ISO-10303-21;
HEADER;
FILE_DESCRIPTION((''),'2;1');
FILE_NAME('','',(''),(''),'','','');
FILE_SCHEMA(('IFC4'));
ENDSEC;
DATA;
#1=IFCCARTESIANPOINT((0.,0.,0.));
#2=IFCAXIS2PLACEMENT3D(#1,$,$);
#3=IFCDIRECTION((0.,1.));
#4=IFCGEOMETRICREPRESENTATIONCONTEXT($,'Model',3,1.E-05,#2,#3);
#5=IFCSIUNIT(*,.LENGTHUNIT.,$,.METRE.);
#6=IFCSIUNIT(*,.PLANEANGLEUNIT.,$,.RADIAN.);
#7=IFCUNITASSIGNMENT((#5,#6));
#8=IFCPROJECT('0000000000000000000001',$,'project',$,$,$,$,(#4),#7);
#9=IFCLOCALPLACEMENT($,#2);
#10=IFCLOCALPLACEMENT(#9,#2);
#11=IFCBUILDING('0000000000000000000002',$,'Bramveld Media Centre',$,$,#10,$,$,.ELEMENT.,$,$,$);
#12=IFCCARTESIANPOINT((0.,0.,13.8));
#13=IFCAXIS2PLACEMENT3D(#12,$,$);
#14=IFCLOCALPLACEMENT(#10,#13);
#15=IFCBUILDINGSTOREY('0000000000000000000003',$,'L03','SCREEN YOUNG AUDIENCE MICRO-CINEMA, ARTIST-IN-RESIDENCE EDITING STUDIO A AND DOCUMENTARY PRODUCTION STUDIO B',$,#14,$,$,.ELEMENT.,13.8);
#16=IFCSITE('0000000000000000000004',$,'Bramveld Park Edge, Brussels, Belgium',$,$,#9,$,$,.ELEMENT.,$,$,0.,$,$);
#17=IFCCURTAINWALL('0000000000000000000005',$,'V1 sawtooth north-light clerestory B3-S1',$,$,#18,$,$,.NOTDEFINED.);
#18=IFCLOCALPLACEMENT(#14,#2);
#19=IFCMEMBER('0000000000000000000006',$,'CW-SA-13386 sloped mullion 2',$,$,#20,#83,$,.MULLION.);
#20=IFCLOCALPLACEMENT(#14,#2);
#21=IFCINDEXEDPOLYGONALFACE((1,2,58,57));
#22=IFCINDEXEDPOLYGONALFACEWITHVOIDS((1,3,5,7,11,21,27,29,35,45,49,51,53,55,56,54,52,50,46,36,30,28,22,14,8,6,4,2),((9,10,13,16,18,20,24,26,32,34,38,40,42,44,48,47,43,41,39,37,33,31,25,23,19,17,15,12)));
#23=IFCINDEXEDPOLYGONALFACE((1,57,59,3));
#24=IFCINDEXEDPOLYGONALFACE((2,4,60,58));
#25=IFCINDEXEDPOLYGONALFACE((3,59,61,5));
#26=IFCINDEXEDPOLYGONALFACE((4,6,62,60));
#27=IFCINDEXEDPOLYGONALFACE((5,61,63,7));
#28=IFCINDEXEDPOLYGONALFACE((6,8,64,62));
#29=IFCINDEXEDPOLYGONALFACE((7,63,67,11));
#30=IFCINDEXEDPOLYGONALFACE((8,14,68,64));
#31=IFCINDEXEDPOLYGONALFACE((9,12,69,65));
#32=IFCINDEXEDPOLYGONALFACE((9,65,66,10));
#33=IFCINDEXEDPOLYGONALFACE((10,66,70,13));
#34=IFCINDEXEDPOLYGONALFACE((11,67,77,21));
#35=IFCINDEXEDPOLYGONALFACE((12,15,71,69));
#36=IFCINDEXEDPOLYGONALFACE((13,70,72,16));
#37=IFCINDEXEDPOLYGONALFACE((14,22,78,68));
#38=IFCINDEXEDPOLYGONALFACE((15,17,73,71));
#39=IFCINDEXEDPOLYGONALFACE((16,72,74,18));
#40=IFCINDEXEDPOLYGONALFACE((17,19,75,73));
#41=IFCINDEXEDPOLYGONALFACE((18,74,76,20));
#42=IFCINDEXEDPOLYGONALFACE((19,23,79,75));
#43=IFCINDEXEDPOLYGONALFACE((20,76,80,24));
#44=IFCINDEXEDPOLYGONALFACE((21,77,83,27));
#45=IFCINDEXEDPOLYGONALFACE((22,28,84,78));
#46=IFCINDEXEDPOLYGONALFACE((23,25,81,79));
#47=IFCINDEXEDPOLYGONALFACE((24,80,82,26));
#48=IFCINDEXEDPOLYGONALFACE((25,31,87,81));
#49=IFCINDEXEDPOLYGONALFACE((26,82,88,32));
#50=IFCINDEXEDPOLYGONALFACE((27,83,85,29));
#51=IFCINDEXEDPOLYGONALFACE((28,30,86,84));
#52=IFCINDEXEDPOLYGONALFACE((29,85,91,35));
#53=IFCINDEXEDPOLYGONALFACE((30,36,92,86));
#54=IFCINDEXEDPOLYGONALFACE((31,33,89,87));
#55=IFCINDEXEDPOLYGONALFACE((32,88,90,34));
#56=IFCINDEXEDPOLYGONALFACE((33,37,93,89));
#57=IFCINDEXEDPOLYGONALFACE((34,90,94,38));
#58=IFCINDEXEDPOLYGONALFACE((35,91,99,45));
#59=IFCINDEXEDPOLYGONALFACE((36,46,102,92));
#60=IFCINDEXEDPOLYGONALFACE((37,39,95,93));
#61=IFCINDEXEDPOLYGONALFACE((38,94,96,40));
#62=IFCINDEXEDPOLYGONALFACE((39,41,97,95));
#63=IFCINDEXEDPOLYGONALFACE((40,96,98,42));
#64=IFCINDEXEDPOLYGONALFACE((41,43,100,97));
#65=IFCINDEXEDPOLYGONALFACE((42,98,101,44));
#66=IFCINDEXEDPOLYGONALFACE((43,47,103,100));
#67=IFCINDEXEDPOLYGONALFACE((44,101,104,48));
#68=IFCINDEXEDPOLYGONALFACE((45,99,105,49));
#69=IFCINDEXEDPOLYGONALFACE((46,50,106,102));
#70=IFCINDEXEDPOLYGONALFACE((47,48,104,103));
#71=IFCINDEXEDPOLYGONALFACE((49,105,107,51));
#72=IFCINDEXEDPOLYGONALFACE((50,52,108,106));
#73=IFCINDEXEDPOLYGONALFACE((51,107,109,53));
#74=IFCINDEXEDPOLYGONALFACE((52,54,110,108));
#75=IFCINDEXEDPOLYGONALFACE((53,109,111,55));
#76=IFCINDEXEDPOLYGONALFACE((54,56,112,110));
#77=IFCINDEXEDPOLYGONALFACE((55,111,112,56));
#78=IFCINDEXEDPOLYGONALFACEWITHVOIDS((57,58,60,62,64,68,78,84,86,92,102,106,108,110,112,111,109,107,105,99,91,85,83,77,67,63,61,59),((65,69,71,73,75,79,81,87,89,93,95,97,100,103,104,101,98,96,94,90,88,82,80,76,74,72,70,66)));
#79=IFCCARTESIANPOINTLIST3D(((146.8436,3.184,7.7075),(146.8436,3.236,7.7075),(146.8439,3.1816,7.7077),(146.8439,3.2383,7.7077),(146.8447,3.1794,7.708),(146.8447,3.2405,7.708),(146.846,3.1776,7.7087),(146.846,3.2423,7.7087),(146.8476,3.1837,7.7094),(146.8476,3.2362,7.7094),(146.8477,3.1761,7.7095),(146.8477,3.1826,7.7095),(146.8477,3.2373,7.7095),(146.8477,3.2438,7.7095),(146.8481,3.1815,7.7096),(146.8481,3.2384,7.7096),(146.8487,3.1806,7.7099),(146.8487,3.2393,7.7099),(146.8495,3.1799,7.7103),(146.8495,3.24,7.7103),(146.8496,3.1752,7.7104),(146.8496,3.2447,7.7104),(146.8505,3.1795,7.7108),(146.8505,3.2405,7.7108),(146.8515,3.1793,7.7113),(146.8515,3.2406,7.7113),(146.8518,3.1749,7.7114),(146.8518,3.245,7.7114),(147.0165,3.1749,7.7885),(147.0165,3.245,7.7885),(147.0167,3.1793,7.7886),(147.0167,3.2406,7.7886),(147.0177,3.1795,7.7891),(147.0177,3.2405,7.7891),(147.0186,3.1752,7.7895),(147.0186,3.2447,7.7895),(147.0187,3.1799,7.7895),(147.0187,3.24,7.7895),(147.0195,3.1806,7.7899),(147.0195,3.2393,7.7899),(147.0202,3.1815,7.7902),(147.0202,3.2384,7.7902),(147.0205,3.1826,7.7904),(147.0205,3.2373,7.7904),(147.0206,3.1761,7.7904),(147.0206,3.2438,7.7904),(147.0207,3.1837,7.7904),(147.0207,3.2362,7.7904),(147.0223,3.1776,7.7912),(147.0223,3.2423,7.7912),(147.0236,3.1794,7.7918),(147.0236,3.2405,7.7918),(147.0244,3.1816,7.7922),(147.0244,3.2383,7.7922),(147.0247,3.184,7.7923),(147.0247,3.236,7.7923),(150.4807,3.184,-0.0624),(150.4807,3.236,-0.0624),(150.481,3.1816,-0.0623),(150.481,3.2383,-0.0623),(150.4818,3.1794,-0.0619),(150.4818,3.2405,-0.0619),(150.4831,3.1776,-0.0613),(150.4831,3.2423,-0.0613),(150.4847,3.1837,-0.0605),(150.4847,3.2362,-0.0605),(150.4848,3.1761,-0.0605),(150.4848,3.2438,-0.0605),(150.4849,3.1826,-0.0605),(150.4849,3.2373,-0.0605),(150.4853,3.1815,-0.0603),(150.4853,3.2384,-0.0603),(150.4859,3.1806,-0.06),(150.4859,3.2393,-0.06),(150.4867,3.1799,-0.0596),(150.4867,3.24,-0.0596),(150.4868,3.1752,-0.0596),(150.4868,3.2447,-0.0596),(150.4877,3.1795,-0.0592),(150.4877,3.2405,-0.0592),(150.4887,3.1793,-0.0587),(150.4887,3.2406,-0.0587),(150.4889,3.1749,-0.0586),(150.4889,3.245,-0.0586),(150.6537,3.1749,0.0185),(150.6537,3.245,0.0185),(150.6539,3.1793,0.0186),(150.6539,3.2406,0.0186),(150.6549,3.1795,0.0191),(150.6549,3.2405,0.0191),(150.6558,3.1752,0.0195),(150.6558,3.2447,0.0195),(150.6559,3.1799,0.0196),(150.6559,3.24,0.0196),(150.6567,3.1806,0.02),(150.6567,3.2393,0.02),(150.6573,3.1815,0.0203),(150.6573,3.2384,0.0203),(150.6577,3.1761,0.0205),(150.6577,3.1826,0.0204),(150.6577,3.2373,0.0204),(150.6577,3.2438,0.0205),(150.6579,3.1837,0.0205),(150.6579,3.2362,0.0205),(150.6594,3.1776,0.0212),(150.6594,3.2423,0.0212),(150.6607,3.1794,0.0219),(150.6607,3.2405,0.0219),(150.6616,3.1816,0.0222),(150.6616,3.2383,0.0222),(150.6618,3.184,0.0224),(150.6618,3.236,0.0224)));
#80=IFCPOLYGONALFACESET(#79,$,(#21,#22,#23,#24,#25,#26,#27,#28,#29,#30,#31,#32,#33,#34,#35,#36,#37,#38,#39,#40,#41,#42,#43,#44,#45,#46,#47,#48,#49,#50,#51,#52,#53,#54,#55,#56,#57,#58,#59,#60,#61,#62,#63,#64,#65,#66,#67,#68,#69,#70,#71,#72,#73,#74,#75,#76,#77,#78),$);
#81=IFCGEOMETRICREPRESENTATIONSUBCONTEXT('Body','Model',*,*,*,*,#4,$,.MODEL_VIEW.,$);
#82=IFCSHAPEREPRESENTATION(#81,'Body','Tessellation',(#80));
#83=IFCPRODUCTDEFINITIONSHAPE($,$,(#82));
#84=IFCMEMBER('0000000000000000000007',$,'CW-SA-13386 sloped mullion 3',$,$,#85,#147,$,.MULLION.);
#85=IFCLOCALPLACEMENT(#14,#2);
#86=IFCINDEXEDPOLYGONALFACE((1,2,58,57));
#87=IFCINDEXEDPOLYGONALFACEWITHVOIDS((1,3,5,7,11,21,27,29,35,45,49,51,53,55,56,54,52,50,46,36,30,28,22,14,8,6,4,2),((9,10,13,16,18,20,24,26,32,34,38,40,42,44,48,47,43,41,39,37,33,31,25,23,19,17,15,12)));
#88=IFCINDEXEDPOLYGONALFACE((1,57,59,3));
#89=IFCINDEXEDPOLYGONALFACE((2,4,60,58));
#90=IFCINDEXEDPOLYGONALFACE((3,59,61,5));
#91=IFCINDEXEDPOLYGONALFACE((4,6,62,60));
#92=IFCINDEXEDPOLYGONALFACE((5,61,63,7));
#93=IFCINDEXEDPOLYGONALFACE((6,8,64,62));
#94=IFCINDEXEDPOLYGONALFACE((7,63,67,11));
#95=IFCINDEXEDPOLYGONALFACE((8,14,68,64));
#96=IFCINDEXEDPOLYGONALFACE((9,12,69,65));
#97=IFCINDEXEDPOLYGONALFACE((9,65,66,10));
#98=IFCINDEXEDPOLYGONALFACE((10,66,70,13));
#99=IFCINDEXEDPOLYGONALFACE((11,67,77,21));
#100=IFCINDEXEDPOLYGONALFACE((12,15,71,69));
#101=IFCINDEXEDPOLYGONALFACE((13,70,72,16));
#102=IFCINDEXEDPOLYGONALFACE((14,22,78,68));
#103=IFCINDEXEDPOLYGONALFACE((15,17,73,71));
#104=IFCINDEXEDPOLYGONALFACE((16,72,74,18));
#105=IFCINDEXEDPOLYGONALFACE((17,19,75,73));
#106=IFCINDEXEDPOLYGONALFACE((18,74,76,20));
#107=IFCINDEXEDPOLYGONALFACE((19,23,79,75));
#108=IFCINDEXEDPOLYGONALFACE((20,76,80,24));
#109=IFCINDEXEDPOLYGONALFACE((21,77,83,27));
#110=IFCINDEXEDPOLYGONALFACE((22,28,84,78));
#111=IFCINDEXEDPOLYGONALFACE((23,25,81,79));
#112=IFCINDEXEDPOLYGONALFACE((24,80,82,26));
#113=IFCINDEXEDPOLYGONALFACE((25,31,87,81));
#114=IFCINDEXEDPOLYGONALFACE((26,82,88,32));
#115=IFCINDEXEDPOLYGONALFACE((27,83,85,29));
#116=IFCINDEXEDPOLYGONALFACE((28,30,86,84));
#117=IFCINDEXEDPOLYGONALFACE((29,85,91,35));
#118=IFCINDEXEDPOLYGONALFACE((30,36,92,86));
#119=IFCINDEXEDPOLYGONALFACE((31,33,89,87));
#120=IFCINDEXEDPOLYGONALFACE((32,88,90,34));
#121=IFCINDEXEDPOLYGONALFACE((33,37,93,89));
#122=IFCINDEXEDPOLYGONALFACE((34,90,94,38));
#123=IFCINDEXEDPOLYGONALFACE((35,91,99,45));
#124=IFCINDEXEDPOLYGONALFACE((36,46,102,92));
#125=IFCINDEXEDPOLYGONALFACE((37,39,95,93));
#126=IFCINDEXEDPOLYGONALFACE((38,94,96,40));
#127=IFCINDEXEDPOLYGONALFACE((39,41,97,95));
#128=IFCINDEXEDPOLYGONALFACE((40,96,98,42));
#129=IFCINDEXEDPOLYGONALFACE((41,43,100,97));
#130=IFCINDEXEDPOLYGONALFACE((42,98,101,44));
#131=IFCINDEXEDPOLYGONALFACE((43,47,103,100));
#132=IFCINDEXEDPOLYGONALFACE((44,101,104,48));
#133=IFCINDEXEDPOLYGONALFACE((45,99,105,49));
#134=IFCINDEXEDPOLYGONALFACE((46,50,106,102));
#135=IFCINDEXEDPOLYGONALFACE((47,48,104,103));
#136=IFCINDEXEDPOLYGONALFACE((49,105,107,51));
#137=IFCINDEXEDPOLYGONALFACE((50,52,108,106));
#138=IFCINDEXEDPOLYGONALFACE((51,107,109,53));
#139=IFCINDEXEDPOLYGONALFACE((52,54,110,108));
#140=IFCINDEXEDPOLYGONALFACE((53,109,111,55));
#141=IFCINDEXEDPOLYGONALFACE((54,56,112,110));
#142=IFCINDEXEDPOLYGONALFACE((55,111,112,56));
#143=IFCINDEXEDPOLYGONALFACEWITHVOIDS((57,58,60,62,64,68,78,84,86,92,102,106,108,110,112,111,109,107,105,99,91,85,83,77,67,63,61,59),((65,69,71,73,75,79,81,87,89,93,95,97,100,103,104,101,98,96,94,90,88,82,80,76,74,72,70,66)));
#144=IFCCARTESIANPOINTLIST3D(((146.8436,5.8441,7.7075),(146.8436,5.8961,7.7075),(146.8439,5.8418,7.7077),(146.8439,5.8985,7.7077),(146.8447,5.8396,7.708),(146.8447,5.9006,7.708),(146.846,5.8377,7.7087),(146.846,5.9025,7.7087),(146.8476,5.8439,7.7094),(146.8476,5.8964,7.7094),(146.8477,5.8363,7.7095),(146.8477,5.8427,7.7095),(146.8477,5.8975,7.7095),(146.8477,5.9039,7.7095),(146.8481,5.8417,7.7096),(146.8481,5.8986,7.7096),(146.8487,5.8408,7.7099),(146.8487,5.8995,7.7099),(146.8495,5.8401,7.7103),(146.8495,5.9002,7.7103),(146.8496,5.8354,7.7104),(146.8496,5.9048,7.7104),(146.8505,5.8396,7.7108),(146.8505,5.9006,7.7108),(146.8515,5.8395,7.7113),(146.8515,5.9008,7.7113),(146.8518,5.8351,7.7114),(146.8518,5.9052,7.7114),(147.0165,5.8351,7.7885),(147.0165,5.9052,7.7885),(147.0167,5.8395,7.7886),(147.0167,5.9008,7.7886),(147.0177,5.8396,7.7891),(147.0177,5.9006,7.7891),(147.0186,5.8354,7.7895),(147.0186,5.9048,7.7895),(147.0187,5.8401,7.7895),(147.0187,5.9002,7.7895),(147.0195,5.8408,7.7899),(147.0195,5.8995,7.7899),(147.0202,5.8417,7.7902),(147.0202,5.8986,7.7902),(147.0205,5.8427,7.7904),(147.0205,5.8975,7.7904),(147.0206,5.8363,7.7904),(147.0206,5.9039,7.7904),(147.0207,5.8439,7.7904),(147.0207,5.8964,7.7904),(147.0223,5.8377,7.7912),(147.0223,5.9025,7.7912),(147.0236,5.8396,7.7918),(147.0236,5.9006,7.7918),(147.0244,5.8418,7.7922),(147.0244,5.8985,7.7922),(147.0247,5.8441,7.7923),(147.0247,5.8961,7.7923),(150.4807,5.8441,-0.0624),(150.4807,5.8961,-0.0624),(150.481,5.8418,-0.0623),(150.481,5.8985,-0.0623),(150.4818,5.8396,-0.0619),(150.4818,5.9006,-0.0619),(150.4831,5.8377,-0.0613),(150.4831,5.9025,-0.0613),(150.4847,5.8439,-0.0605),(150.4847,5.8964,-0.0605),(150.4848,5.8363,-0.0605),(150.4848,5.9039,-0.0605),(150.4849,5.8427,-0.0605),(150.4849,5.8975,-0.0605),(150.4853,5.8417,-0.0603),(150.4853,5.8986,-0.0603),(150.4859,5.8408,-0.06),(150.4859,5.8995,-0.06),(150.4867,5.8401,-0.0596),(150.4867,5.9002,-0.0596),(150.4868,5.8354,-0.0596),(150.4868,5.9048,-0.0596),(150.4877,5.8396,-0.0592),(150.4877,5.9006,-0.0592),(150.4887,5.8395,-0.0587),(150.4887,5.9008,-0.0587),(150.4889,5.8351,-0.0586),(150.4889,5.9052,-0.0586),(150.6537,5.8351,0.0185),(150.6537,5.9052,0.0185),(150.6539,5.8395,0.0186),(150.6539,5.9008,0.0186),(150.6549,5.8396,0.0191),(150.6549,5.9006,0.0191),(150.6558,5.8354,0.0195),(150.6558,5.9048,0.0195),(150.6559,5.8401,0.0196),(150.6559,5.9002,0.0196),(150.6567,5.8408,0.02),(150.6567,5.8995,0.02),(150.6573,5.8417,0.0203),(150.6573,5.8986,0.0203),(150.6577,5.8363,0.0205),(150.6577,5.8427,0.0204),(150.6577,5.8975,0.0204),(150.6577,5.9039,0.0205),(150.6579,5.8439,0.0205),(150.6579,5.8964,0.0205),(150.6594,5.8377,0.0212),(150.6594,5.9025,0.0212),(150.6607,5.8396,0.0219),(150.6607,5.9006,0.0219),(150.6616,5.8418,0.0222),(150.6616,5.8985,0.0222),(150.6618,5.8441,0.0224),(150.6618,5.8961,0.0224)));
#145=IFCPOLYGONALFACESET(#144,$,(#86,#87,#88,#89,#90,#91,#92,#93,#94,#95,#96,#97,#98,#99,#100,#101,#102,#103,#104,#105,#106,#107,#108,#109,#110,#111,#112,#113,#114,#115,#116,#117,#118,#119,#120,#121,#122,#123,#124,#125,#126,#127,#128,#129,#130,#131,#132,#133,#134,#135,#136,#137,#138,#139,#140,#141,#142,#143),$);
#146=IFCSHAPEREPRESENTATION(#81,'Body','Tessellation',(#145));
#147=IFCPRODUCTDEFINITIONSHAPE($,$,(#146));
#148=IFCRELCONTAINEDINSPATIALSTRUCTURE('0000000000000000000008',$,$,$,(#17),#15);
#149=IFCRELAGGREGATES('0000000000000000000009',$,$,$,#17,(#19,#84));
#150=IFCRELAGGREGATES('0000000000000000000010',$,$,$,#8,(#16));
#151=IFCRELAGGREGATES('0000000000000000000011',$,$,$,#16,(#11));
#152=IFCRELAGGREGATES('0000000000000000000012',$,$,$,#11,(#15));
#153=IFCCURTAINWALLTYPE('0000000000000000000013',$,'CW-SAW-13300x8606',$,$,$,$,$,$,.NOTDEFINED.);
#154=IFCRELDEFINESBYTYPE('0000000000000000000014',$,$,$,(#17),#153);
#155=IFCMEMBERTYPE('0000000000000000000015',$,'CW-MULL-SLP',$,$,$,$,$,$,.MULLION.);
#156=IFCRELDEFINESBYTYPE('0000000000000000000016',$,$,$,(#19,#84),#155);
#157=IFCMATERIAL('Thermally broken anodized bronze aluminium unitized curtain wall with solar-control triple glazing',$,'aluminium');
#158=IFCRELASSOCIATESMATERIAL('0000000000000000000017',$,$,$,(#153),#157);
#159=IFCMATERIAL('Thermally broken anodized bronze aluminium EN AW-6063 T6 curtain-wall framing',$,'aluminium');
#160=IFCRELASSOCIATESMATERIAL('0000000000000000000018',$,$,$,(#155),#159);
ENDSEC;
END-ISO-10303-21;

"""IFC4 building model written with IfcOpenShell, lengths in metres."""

from ifc_helpers import new_model, si_unit, direction, frame, origin, origin_2d, place, context, subcontext, project, spatial, hollow_rectangle, extrude, material, material_profile, profile_set, type_object, element, aggregate, save


model = new_model("IFC4")

# Units and contexts
model_context = context("Model", 3, precision=1e-05, world=origin(), true_north=direction((0.0, 1.0)))
body_context = subcontext(model_context, "Body", "Model", "MODEL_VIEW")
ifc_project = project(units=[si_unit("LENGTHUNIT", "METRE"), si_unit("PLANEANGLEUNIT", "RADIAN")], contexts=[model_context])

# Site, building, storey
site_placement = place(None, origin())
site = spatial("IfcSite", under=ifc_project, at=site_placement, Name="Bramveld Park Edge, Brussels, Belgium", CompositionType="ELEMENT", RefElevation=0.0)
building_placement = place(site_placement, origin())
building = spatial("IfcBuilding", under=site, at=building_placement, Name="Bramveld Media Centre", CompositionType="ELEMENT")
storey_placement = place(building_placement, frame((0.0, 0.0, 13.8)))
storey = spatial("IfcBuildingStorey", under=building, at=storey_placement, Name="L03", Description="SCREEN YOUNG AUDIENCE MICRO-CINEMA, ARTIST-IN-RESIDENCE EDITING STUDIO A AND DOCUMENTARY PRODUCTION STUDIO B", CompositionType="ELEMENT", Elevation=13.8)

# Curtain wall, members
ifc_material_1 = material(Name="Thermally broken anodized bronze aluminium unitized curtain wall with solar-control triple glazing", Category="aluminium")
curtain_wall_type = type_object("IfcCurtainWallType", Name="CW-SAW-13300x8606", PredefinedType="NOTDEFINED", material=ifc_material_1)
curtain_wall_1_placement = place(storey_placement, origin())
curtain_wall_1 = element("IfcCurtainWall", 1, at=curtain_wall_1_placement, inside=storey, type_object=curtain_wall_type, Name="V1 sawtooth north-light clerestory B3-S1", PredefinedType="NOTDEFINED")
ifc_material_2 = material(Name="Thermally broken anodized bronze aluminium EN AW-6063 T6 curtain-wall framing", Category="aluminium")
ifc_material_profile_1 = material_profile(ifc_material_2, hollow_rectangle(XDim=0.0701, YDim=0.2, WallThickness=0.0044, InnerFilletRadius=0.0044, OuterFilletRadius=0.009, at=origin_2d()), Name="AL-MULL 70x200")
ifc_profile_set_1 = profile_set([ifc_material_profile_1], Name="Thermally broken anodized bronze aluminium EN AW-6063 T6 curtain-wall framing")
member_type_1 = type_object("IfcMemberType", Name="CW-MULL-SLP", PredefinedType="MULLION", material=ifc_profile_set_1)
member_1_placement = place(storey_placement, frame((150.5713, 3.21, -0.02), z_axis=(-0.423957, 0.0, 0.905682), x_axis=(0.0, -1.0, 0.0)))
member_1 = element("IfcMember", 2, at=member_1_placement, type_object=member_type_1, Name="CW-SA-13386 sloped mullion 2", PredefinedType="MULLION", context=body_context, shape_type="SweptSolid", body=[
    extrude(hollow_rectangle(XDim=0.0701, YDim=0.2, WallThickness=0.0044, InnerFilletRadius=0.0044, OuterFilletRadius=0.009, at=origin_2d()), origin(), (0.0, 0.0, 1.0), 8.5791),
])
member_2_placement = place(storey_placement, frame((150.5713, 5.8701, -0.02), z_axis=(-0.423957, 0.0, 0.905682), x_axis=(0.0, -1.0, 0.0)))
member_2 = element("IfcMember", 3, at=member_2_placement, type_object=member_type_1, Name="CW-SA-13386 sloped mullion 3", PredefinedType="MULLION", context=body_context, shape_type="SweptSolid", body=[
    extrude(hollow_rectangle(XDim=0.0701, YDim=0.2, WallThickness=0.0044, InnerFilletRadius=0.0044, OuterFilletRadius=0.009, at=origin_2d()), origin(), (0.0, 0.0, 1.0), 8.5791),
])
aggregate(curtain_wall_1, [member_1, member_2])

save(model, "model.ifc")
